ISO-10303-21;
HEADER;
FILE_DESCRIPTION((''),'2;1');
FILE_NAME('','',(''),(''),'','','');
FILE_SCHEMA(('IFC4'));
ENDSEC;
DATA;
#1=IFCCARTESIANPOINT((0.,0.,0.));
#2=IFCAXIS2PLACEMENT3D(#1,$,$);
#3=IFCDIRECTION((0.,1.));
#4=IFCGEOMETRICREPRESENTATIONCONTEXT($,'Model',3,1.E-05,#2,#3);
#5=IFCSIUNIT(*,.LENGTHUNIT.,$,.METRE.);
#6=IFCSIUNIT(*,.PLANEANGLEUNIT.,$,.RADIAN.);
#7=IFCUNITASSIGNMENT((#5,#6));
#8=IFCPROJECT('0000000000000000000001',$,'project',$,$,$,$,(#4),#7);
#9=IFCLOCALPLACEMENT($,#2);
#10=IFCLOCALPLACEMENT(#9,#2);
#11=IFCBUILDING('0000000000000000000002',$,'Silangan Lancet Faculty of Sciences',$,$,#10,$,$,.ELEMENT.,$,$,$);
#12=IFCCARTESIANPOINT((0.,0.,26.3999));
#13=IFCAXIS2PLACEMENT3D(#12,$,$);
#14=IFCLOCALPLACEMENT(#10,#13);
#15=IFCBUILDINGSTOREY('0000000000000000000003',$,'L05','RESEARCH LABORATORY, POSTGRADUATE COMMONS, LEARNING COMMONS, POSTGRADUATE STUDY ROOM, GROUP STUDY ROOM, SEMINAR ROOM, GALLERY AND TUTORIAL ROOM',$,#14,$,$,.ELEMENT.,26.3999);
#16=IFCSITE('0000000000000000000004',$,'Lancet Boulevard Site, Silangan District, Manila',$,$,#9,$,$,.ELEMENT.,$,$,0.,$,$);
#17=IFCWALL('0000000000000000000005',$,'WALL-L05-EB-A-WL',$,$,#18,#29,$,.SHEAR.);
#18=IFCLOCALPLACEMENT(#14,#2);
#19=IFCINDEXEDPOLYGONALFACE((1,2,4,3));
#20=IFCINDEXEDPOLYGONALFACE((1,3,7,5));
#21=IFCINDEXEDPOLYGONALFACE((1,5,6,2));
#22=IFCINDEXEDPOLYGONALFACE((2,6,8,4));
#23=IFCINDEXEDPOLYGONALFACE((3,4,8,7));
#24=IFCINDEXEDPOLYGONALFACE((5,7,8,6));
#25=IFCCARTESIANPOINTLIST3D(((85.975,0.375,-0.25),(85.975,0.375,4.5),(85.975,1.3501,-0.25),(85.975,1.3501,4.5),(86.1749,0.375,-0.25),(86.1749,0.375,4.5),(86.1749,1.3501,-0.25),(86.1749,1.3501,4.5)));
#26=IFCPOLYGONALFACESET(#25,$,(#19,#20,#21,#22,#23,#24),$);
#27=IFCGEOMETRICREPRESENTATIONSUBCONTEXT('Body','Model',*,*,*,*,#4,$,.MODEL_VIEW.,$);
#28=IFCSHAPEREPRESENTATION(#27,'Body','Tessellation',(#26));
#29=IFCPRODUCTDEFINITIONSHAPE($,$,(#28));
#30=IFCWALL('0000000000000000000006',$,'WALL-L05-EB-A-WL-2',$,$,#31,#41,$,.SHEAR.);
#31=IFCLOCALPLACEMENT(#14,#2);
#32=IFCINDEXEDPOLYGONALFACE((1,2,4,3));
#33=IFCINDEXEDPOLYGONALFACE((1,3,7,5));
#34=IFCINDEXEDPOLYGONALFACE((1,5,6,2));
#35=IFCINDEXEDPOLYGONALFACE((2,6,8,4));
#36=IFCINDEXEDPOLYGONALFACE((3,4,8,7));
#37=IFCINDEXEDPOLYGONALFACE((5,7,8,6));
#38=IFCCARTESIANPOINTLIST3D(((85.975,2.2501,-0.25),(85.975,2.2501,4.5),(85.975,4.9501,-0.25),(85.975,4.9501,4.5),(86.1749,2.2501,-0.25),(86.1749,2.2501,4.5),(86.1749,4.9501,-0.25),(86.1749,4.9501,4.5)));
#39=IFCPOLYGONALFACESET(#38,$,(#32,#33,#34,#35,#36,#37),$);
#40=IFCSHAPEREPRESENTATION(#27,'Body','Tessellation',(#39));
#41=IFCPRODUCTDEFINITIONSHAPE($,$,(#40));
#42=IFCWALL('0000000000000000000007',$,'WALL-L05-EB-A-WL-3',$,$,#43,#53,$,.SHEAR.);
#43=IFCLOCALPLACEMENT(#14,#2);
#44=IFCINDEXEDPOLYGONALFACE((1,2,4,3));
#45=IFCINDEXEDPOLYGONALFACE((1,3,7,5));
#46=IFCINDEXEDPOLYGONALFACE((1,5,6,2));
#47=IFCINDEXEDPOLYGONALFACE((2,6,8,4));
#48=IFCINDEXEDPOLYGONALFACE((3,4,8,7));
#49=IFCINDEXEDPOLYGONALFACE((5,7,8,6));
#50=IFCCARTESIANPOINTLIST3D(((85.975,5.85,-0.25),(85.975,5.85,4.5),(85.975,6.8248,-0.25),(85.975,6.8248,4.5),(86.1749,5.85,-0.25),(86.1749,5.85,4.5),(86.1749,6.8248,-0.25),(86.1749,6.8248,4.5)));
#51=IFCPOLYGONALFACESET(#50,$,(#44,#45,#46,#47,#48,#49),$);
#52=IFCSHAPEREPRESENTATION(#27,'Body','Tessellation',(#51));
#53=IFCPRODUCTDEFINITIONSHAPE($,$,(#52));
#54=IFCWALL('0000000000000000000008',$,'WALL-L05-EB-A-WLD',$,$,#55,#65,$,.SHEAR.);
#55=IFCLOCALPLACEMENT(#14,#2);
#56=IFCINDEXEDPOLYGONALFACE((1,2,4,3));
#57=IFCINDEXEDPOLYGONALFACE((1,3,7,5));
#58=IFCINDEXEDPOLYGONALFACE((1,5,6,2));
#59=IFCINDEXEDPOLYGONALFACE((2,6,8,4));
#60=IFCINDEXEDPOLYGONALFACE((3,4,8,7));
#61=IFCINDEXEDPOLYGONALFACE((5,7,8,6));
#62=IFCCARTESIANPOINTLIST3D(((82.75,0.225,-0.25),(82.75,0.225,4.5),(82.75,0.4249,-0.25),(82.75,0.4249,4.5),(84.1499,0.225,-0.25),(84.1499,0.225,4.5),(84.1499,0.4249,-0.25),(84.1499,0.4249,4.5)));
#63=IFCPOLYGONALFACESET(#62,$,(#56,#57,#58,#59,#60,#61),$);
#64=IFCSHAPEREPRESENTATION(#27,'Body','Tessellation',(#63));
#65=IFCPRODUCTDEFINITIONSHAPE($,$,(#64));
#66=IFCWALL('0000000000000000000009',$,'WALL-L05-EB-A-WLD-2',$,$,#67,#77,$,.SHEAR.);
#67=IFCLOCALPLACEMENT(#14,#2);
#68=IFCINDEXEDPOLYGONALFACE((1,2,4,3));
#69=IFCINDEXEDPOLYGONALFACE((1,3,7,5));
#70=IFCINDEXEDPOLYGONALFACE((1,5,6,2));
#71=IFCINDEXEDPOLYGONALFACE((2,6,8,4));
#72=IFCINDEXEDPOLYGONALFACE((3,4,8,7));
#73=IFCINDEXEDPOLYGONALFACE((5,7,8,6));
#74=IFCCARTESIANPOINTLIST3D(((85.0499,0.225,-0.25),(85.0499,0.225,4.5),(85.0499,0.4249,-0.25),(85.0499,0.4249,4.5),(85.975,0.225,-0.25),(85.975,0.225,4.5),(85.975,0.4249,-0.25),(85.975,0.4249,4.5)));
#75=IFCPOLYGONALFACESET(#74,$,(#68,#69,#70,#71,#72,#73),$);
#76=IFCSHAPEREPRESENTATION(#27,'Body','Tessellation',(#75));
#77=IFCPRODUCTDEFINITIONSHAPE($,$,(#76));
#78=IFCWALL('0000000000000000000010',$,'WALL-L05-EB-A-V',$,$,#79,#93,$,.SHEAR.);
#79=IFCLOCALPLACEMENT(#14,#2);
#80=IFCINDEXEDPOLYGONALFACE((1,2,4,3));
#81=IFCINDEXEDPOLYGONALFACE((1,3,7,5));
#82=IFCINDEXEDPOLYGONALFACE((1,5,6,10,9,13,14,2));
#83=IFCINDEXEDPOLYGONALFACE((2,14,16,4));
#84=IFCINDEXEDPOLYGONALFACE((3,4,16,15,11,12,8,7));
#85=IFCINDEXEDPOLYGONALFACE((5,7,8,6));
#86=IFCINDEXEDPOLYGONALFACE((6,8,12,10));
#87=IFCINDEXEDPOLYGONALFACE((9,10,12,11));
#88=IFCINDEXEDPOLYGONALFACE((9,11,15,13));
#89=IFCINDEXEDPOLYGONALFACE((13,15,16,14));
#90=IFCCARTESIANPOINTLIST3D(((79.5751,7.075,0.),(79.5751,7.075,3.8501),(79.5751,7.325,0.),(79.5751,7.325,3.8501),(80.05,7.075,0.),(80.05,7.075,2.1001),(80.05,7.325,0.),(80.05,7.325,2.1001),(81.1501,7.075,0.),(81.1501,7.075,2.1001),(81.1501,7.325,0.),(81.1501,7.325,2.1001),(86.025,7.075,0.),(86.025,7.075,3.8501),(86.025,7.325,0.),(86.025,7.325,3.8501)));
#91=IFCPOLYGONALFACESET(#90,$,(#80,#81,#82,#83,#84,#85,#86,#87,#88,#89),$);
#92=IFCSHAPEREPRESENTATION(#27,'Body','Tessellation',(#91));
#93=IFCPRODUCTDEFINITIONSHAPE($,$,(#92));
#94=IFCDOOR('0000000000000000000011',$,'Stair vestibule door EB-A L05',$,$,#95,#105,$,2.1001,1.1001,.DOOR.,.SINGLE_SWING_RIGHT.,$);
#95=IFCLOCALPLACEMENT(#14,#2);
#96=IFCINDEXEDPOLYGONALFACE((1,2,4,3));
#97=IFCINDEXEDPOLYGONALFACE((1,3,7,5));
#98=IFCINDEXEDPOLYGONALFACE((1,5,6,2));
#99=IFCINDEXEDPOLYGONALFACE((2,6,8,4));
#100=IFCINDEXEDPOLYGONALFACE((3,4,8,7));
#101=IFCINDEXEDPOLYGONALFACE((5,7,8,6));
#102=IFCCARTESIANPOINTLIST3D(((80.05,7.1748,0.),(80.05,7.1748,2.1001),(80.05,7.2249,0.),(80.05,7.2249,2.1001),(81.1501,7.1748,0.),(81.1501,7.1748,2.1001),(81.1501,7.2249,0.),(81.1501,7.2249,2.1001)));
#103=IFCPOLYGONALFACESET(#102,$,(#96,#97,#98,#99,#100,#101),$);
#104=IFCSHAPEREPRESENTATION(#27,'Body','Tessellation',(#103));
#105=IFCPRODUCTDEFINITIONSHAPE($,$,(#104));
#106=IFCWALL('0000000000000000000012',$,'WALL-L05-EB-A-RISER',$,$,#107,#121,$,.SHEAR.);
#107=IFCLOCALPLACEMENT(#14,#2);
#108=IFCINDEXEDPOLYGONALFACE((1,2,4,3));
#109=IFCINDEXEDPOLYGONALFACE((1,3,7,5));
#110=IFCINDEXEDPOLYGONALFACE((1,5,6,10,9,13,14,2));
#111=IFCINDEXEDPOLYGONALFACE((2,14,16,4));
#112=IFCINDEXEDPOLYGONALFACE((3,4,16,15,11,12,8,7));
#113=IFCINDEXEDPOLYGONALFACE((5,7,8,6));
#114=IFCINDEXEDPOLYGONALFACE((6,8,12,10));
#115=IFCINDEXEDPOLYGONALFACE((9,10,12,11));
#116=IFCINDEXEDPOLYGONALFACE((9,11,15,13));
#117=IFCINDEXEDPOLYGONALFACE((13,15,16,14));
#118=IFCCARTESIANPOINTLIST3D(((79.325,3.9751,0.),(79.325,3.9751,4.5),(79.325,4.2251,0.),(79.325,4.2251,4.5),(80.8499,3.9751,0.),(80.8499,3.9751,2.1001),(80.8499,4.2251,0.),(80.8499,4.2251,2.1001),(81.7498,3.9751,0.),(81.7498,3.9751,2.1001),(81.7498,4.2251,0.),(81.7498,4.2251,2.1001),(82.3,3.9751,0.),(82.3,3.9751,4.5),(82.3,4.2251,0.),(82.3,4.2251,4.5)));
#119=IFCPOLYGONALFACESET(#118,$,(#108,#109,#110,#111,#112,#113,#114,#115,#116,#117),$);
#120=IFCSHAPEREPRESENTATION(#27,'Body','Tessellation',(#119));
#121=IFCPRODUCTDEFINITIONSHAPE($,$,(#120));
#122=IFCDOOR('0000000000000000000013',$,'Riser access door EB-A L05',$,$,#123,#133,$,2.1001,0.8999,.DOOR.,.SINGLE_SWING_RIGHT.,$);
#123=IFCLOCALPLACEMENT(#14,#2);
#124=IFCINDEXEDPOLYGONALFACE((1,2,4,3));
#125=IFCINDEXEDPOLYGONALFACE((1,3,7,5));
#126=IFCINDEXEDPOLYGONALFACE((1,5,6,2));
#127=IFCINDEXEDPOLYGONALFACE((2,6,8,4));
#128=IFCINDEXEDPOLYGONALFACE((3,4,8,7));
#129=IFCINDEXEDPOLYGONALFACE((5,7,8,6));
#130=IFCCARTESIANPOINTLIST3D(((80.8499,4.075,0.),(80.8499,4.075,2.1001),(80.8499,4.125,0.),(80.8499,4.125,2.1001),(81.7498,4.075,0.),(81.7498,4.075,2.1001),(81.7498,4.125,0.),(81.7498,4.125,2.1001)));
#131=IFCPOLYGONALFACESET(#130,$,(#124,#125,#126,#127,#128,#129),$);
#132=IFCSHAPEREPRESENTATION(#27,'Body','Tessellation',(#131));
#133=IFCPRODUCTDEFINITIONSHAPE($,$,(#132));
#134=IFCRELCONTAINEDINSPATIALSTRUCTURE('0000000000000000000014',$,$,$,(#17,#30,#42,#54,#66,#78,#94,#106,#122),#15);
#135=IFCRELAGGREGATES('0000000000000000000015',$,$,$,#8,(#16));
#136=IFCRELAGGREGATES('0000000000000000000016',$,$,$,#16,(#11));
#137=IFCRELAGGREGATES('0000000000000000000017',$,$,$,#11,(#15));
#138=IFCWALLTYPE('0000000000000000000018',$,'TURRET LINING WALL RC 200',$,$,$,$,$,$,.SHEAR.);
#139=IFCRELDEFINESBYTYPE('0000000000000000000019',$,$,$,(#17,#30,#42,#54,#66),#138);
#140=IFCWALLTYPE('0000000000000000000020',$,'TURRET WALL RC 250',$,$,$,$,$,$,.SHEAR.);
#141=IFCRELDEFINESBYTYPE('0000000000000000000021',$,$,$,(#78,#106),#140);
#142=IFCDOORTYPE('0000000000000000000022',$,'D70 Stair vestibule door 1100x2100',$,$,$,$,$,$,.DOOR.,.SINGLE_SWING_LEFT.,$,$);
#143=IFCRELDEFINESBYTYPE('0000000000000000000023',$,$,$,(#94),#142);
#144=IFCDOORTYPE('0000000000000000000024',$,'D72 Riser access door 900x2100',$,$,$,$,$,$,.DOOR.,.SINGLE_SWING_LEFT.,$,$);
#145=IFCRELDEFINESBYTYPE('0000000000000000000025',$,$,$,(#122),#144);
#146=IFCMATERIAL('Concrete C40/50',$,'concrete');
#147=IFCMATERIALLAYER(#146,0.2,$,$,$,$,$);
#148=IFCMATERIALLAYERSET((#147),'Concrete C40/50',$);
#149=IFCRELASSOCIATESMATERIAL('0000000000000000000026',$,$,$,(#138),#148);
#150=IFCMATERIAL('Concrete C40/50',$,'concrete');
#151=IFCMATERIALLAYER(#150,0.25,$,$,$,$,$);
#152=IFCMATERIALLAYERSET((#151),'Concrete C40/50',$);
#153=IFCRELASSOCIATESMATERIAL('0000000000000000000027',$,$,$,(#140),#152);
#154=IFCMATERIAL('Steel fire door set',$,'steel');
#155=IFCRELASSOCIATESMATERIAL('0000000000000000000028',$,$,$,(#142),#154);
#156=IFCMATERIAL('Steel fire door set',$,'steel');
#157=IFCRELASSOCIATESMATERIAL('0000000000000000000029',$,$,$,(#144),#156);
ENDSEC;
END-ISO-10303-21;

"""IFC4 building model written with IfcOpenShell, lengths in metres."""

from ifc_helpers import new_model, si_unit, direction, frame, frame_2d, origin, place, context, subcontext, project, spatial, rectangle, extrude, material, layer, layer_set, type_object, element, fill, save


model = new_model("IFC4")

# Units and contexts
model_context = context("Model", 3, precision=1e-05, world=origin(), true_north=direction((0.0, 1.0)))
body_context = subcontext(model_context, "Body", "Model", "MODEL_VIEW")
ifc_project = project(units=[si_unit("LENGTHUNIT", "METRE"), si_unit("PLANEANGLEUNIT", "RADIAN")], contexts=[model_context])

# Site, building, storey
site_placement = place(None, origin())
site = spatial("IfcSite", under=ifc_project, at=site_placement, Name="Lancet Boulevard Site, Silangan District, Manila", CompositionType="ELEMENT", RefElevation=0.0)
building_placement = place(site_placement, origin())
building = spatial("IfcBuilding", under=site, at=building_placement, Name="Silangan Lancet Faculty of Sciences", CompositionType="ELEMENT")
storey_placement = place(building_placement, frame((0.0, 0.0, 26.3999)))
storey = spatial("IfcBuildingStorey", under=building, at=storey_placement, Name="L05", Description="RESEARCH LABORATORY, POSTGRADUATE COMMONS, LEARNING COMMONS, POSTGRADUATE STUDY ROOM, GROUP STUDY ROOM, SEMINAR ROOM, GALLERY AND TUTORIAL ROOM", CompositionType="ELEMENT", Elevation=26.3999)

# Walls
ifc_material_1 = material(Name="Concrete C40/50", Category="concrete")
ifc_layer_1 = layer(ifc_material_1, 0.2)
ifc_layer_set_1 = layer_set([ifc_layer_1], Name="Concrete C40/50")
wall_type_1 = type_object("IfcWallType", Name="TURRET LINING WALL RC 200", PredefinedType="SHEAR", material=ifc_layer_set_1)
wall_1_placement = place(storey_placement, frame((86.075, 0.375, -0.25), z_axis=(0.0, 0.0, 1.0), x_axis=(0.0, 1.0, 0.0)))
element("IfcWall", 1, at=wall_1_placement, inside=storey, type_object=wall_type_1, Name="WALL-L05-EB-A-WL", PredefinedType="SHEAR", context=body_context, shape_type="SweptSolid", body=[
    extrude(rectangle(XDim=0.9751, YDim=0.2, at=frame_2d((0.4875, 0.0))), origin(), (0.0, 0.0, 1.0), 4.75),
])
wall_2_placement = place(storey_placement, frame((86.075, 2.25, -0.25), z_axis=(0.0, 0.0, 1.0), x_axis=(0.0, 1.0, 0.0)))
element("IfcWall", 2, at=wall_2_placement, inside=storey, type_object=wall_type_1, Name="WALL-L05-EB-A-WL-2", PredefinedType="SHEAR", context=body_context, shape_type="SweptSolid", body=[
    extrude(rectangle(XDim=2.7, YDim=0.2, at=frame_2d((1.3501, 0.0))), origin(), (0.0, 0.0, 1.0), 4.75),
])
wall_3_placement = place(storey_placement, frame((86.075, 5.8501, -0.25), z_axis=(0.0, 0.0, 1.0), x_axis=(0.0, 1.0, 0.0)))
element("IfcWall", 3, at=wall_3_placement, inside=storey, type_object=wall_type_1, Name="WALL-L05-EB-A-WL-3", PredefinedType="SHEAR", context=body_context, shape_type="SweptSolid", body=[
    extrude(rectangle(XDim=0.9749, YDim=0.2, at=frame_2d((0.4873, 0.0))), origin(), (0.0, 0.0, 1.0), 4.75),
])
wall_4_placement = place(storey_placement, frame((82.75, 0.325, -0.25), z_axis=(0.0, 0.0, 1.0), x_axis=(1.0, 0.0, 0.0)))
element("IfcWall", 4, at=wall_4_placement, inside=storey, type_object=wall_type_1, Name="WALL-L05-EB-A-WLD", PredefinedType="SHEAR", context=body_context, shape_type="SweptSolid", body=[
    extrude(rectangle(XDim=1.3999, YDim=0.2, at=frame_2d((0.7, 0.0))), origin(), (0.0, 0.0, 1.0), 4.75),
])
wall_5_placement = place(storey_placement, frame((85.05, 0.325, -0.25), z_axis=(0.0, 0.0, 1.0), x_axis=(1.0, 0.0, 0.0)))
element("IfcWall", 5, at=wall_5_placement, inside=storey, type_object=wall_type_1, Name="WALL-L05-EB-A-WLD-2", PredefinedType="SHEAR", context=body_context, shape_type="SweptSolid", body=[
    extrude(rectangle(XDim=0.925, YDim=0.2, at=frame_2d((0.4624, 0.0))), origin(), (0.0, 0.0, 1.0), 4.75),
])

# Walls, openings, doors
ifc_material_2 = material(Name="Concrete C40/50", Category="concrete")
ifc_layer_2 = layer(ifc_material_2, 0.25)
ifc_layer_set_2 = layer_set([ifc_layer_2], Name="Concrete C40/50")
wall_type_2 = type_object("IfcWallType", Name="TURRET WALL RC 250", PredefinedType="SHEAR", material=ifc_layer_set_2)
wall_6_placement = place(storey_placement, frame((79.575, 7.2, 0.0), z_axis=(0.0, 0.0, 1.0), x_axis=(1.0, 0.0, 0.0)))
wall_6 = element("IfcWall", 6, at=wall_6_placement, inside=storey, type_object=wall_type_2, Name="WALL-L05-EB-A-V", PredefinedType="SHEAR", context=body_context, shape_type="SweptSolid", body=[
    extrude(rectangle(XDim=6.45, YDim=0.25, at=frame_2d((3.2251, 0.0))), origin(), (0.0, 0.0, 1.0), 3.8501),
])
opening_1_placement = place(wall_6_placement, frame((0.4751, 0.0, 0.0)))
opening_1 = element("IfcOpeningElement", 7, at=opening_1_placement, cuts=wall_6, PredefinedType="OPENING", context=body_context, shape_type="SweptSolid", body=[
    extrude(rectangle(XDim=1.1001, YDim=2.1001, at=frame_2d((0.55, 1.05))), frame((0.0, 0.135, 0.0), z_axis=(0.0, -1.0, 0.0), x_axis=(1.0, 0.0, 0.0)), (0.0, 0.0, 1.0), 0.27),
])
ifc_material_3 = material(Name="Steel fire door set", Category="steel")
door_type_1 = type_object("IfcDoorType", Name="D70 Stair vestibule door 1100x2100", OperationType="SINGLE_SWING_LEFT", PredefinedType="DOOR", material=ifc_material_3)
door_1_placement = place(opening_1_placement, frame((1.1001, 0.0, 0.0), z_axis=(0.0, 0.0, 1.0), x_axis=(-1.0, 0.0, 0.0)))
door_1 = element("IfcDoor", 8, at=door_1_placement, inside=storey, type_object=door_type_1, Name="Stair vestibule door EB-A L05", OperationType="SINGLE_SWING_RIGHT", OverallHeight=2.1001, OverallWidth=1.1001, PredefinedType="DOOR", context=body_context, shape_type="SweptSolid", body=[
    extrude(rectangle(XDim=1.1001, YDim=2.1001, at=frame_2d((0.55, 1.05))), frame((0.0, 0.0251, 0.0), z_axis=(0.0, -1.0, 0.0), x_axis=(1.0, 0.0, 0.0)), (0.0, 0.0, 1.0), 0.05),
])
fill(opening_1, door_1)
wall_7_placement = place(storey_placement, frame((79.325, 4.1001, 0.0), z_axis=(0.0, 0.0, 1.0), x_axis=(1.0, 0.0, 0.0)))
wall_7 = element("IfcWall", 9, at=wall_7_placement, inside=storey, type_object=wall_type_2, Name="WALL-L05-EB-A-RISER", PredefinedType="SHEAR", context=body_context, shape_type="SweptSolid", body=[
    extrude(rectangle(XDim=2.9751, YDim=0.25, at=frame_2d((1.4875, 0.0))), origin(), (0.0, 0.0, 1.0), 4.5),
])
opening_2_placement = place(wall_7_placement, frame((1.5249, 0.0, 0.0)))
opening_2 = element("IfcOpeningElement", 10, at=opening_2_placement, cuts=wall_7, PredefinedType="OPENING", context=body_context, shape_type="SweptSolid", body=[
    extrude(rectangle(XDim=0.8999, YDim=2.1001, at=frame_2d((0.45, 1.05))), frame((0.0, 0.135, 0.0), z_axis=(0.0, -1.0, 0.0), x_axis=(1.0, 0.0, 0.0)), (0.0, 0.0, 1.0), 0.27),
])
ifc_material_4 = material(Name="Steel fire door set", Category="steel")
door_type_2 = type_object("IfcDoorType", Name="D72 Riser access door 900x2100", OperationType="SINGLE_SWING_LEFT", PredefinedType="DOOR", material=ifc_material_4)
door_2_placement = place(opening_2_placement, frame((0.8999, 0.0, 0.0), z_axis=(0.0, 0.0, 1.0), x_axis=(-1.0, 0.0, 0.0)))
door_2 = element("IfcDoor", 11, at=door_2_placement, inside=storey, type_object=door_type_2, Name="Riser access door EB-A L05", OperationType="SINGLE_SWING_RIGHT", OverallHeight=2.1001, OverallWidth=0.8999, PredefinedType="DOOR", context=body_context, shape_type="SweptSolid", body=[
    extrude(rectangle(XDim=0.8999, YDim=2.1001, at=frame_2d((0.45, 1.05))), frame((0.0, 0.0251, 0.0), z_axis=(0.0, -1.0, 0.0), x_axis=(1.0, 0.0, 0.0)), (0.0, 0.0, 1.0), 0.05),
])
fill(opening_2, door_2)

save(model, "model.ifc")
